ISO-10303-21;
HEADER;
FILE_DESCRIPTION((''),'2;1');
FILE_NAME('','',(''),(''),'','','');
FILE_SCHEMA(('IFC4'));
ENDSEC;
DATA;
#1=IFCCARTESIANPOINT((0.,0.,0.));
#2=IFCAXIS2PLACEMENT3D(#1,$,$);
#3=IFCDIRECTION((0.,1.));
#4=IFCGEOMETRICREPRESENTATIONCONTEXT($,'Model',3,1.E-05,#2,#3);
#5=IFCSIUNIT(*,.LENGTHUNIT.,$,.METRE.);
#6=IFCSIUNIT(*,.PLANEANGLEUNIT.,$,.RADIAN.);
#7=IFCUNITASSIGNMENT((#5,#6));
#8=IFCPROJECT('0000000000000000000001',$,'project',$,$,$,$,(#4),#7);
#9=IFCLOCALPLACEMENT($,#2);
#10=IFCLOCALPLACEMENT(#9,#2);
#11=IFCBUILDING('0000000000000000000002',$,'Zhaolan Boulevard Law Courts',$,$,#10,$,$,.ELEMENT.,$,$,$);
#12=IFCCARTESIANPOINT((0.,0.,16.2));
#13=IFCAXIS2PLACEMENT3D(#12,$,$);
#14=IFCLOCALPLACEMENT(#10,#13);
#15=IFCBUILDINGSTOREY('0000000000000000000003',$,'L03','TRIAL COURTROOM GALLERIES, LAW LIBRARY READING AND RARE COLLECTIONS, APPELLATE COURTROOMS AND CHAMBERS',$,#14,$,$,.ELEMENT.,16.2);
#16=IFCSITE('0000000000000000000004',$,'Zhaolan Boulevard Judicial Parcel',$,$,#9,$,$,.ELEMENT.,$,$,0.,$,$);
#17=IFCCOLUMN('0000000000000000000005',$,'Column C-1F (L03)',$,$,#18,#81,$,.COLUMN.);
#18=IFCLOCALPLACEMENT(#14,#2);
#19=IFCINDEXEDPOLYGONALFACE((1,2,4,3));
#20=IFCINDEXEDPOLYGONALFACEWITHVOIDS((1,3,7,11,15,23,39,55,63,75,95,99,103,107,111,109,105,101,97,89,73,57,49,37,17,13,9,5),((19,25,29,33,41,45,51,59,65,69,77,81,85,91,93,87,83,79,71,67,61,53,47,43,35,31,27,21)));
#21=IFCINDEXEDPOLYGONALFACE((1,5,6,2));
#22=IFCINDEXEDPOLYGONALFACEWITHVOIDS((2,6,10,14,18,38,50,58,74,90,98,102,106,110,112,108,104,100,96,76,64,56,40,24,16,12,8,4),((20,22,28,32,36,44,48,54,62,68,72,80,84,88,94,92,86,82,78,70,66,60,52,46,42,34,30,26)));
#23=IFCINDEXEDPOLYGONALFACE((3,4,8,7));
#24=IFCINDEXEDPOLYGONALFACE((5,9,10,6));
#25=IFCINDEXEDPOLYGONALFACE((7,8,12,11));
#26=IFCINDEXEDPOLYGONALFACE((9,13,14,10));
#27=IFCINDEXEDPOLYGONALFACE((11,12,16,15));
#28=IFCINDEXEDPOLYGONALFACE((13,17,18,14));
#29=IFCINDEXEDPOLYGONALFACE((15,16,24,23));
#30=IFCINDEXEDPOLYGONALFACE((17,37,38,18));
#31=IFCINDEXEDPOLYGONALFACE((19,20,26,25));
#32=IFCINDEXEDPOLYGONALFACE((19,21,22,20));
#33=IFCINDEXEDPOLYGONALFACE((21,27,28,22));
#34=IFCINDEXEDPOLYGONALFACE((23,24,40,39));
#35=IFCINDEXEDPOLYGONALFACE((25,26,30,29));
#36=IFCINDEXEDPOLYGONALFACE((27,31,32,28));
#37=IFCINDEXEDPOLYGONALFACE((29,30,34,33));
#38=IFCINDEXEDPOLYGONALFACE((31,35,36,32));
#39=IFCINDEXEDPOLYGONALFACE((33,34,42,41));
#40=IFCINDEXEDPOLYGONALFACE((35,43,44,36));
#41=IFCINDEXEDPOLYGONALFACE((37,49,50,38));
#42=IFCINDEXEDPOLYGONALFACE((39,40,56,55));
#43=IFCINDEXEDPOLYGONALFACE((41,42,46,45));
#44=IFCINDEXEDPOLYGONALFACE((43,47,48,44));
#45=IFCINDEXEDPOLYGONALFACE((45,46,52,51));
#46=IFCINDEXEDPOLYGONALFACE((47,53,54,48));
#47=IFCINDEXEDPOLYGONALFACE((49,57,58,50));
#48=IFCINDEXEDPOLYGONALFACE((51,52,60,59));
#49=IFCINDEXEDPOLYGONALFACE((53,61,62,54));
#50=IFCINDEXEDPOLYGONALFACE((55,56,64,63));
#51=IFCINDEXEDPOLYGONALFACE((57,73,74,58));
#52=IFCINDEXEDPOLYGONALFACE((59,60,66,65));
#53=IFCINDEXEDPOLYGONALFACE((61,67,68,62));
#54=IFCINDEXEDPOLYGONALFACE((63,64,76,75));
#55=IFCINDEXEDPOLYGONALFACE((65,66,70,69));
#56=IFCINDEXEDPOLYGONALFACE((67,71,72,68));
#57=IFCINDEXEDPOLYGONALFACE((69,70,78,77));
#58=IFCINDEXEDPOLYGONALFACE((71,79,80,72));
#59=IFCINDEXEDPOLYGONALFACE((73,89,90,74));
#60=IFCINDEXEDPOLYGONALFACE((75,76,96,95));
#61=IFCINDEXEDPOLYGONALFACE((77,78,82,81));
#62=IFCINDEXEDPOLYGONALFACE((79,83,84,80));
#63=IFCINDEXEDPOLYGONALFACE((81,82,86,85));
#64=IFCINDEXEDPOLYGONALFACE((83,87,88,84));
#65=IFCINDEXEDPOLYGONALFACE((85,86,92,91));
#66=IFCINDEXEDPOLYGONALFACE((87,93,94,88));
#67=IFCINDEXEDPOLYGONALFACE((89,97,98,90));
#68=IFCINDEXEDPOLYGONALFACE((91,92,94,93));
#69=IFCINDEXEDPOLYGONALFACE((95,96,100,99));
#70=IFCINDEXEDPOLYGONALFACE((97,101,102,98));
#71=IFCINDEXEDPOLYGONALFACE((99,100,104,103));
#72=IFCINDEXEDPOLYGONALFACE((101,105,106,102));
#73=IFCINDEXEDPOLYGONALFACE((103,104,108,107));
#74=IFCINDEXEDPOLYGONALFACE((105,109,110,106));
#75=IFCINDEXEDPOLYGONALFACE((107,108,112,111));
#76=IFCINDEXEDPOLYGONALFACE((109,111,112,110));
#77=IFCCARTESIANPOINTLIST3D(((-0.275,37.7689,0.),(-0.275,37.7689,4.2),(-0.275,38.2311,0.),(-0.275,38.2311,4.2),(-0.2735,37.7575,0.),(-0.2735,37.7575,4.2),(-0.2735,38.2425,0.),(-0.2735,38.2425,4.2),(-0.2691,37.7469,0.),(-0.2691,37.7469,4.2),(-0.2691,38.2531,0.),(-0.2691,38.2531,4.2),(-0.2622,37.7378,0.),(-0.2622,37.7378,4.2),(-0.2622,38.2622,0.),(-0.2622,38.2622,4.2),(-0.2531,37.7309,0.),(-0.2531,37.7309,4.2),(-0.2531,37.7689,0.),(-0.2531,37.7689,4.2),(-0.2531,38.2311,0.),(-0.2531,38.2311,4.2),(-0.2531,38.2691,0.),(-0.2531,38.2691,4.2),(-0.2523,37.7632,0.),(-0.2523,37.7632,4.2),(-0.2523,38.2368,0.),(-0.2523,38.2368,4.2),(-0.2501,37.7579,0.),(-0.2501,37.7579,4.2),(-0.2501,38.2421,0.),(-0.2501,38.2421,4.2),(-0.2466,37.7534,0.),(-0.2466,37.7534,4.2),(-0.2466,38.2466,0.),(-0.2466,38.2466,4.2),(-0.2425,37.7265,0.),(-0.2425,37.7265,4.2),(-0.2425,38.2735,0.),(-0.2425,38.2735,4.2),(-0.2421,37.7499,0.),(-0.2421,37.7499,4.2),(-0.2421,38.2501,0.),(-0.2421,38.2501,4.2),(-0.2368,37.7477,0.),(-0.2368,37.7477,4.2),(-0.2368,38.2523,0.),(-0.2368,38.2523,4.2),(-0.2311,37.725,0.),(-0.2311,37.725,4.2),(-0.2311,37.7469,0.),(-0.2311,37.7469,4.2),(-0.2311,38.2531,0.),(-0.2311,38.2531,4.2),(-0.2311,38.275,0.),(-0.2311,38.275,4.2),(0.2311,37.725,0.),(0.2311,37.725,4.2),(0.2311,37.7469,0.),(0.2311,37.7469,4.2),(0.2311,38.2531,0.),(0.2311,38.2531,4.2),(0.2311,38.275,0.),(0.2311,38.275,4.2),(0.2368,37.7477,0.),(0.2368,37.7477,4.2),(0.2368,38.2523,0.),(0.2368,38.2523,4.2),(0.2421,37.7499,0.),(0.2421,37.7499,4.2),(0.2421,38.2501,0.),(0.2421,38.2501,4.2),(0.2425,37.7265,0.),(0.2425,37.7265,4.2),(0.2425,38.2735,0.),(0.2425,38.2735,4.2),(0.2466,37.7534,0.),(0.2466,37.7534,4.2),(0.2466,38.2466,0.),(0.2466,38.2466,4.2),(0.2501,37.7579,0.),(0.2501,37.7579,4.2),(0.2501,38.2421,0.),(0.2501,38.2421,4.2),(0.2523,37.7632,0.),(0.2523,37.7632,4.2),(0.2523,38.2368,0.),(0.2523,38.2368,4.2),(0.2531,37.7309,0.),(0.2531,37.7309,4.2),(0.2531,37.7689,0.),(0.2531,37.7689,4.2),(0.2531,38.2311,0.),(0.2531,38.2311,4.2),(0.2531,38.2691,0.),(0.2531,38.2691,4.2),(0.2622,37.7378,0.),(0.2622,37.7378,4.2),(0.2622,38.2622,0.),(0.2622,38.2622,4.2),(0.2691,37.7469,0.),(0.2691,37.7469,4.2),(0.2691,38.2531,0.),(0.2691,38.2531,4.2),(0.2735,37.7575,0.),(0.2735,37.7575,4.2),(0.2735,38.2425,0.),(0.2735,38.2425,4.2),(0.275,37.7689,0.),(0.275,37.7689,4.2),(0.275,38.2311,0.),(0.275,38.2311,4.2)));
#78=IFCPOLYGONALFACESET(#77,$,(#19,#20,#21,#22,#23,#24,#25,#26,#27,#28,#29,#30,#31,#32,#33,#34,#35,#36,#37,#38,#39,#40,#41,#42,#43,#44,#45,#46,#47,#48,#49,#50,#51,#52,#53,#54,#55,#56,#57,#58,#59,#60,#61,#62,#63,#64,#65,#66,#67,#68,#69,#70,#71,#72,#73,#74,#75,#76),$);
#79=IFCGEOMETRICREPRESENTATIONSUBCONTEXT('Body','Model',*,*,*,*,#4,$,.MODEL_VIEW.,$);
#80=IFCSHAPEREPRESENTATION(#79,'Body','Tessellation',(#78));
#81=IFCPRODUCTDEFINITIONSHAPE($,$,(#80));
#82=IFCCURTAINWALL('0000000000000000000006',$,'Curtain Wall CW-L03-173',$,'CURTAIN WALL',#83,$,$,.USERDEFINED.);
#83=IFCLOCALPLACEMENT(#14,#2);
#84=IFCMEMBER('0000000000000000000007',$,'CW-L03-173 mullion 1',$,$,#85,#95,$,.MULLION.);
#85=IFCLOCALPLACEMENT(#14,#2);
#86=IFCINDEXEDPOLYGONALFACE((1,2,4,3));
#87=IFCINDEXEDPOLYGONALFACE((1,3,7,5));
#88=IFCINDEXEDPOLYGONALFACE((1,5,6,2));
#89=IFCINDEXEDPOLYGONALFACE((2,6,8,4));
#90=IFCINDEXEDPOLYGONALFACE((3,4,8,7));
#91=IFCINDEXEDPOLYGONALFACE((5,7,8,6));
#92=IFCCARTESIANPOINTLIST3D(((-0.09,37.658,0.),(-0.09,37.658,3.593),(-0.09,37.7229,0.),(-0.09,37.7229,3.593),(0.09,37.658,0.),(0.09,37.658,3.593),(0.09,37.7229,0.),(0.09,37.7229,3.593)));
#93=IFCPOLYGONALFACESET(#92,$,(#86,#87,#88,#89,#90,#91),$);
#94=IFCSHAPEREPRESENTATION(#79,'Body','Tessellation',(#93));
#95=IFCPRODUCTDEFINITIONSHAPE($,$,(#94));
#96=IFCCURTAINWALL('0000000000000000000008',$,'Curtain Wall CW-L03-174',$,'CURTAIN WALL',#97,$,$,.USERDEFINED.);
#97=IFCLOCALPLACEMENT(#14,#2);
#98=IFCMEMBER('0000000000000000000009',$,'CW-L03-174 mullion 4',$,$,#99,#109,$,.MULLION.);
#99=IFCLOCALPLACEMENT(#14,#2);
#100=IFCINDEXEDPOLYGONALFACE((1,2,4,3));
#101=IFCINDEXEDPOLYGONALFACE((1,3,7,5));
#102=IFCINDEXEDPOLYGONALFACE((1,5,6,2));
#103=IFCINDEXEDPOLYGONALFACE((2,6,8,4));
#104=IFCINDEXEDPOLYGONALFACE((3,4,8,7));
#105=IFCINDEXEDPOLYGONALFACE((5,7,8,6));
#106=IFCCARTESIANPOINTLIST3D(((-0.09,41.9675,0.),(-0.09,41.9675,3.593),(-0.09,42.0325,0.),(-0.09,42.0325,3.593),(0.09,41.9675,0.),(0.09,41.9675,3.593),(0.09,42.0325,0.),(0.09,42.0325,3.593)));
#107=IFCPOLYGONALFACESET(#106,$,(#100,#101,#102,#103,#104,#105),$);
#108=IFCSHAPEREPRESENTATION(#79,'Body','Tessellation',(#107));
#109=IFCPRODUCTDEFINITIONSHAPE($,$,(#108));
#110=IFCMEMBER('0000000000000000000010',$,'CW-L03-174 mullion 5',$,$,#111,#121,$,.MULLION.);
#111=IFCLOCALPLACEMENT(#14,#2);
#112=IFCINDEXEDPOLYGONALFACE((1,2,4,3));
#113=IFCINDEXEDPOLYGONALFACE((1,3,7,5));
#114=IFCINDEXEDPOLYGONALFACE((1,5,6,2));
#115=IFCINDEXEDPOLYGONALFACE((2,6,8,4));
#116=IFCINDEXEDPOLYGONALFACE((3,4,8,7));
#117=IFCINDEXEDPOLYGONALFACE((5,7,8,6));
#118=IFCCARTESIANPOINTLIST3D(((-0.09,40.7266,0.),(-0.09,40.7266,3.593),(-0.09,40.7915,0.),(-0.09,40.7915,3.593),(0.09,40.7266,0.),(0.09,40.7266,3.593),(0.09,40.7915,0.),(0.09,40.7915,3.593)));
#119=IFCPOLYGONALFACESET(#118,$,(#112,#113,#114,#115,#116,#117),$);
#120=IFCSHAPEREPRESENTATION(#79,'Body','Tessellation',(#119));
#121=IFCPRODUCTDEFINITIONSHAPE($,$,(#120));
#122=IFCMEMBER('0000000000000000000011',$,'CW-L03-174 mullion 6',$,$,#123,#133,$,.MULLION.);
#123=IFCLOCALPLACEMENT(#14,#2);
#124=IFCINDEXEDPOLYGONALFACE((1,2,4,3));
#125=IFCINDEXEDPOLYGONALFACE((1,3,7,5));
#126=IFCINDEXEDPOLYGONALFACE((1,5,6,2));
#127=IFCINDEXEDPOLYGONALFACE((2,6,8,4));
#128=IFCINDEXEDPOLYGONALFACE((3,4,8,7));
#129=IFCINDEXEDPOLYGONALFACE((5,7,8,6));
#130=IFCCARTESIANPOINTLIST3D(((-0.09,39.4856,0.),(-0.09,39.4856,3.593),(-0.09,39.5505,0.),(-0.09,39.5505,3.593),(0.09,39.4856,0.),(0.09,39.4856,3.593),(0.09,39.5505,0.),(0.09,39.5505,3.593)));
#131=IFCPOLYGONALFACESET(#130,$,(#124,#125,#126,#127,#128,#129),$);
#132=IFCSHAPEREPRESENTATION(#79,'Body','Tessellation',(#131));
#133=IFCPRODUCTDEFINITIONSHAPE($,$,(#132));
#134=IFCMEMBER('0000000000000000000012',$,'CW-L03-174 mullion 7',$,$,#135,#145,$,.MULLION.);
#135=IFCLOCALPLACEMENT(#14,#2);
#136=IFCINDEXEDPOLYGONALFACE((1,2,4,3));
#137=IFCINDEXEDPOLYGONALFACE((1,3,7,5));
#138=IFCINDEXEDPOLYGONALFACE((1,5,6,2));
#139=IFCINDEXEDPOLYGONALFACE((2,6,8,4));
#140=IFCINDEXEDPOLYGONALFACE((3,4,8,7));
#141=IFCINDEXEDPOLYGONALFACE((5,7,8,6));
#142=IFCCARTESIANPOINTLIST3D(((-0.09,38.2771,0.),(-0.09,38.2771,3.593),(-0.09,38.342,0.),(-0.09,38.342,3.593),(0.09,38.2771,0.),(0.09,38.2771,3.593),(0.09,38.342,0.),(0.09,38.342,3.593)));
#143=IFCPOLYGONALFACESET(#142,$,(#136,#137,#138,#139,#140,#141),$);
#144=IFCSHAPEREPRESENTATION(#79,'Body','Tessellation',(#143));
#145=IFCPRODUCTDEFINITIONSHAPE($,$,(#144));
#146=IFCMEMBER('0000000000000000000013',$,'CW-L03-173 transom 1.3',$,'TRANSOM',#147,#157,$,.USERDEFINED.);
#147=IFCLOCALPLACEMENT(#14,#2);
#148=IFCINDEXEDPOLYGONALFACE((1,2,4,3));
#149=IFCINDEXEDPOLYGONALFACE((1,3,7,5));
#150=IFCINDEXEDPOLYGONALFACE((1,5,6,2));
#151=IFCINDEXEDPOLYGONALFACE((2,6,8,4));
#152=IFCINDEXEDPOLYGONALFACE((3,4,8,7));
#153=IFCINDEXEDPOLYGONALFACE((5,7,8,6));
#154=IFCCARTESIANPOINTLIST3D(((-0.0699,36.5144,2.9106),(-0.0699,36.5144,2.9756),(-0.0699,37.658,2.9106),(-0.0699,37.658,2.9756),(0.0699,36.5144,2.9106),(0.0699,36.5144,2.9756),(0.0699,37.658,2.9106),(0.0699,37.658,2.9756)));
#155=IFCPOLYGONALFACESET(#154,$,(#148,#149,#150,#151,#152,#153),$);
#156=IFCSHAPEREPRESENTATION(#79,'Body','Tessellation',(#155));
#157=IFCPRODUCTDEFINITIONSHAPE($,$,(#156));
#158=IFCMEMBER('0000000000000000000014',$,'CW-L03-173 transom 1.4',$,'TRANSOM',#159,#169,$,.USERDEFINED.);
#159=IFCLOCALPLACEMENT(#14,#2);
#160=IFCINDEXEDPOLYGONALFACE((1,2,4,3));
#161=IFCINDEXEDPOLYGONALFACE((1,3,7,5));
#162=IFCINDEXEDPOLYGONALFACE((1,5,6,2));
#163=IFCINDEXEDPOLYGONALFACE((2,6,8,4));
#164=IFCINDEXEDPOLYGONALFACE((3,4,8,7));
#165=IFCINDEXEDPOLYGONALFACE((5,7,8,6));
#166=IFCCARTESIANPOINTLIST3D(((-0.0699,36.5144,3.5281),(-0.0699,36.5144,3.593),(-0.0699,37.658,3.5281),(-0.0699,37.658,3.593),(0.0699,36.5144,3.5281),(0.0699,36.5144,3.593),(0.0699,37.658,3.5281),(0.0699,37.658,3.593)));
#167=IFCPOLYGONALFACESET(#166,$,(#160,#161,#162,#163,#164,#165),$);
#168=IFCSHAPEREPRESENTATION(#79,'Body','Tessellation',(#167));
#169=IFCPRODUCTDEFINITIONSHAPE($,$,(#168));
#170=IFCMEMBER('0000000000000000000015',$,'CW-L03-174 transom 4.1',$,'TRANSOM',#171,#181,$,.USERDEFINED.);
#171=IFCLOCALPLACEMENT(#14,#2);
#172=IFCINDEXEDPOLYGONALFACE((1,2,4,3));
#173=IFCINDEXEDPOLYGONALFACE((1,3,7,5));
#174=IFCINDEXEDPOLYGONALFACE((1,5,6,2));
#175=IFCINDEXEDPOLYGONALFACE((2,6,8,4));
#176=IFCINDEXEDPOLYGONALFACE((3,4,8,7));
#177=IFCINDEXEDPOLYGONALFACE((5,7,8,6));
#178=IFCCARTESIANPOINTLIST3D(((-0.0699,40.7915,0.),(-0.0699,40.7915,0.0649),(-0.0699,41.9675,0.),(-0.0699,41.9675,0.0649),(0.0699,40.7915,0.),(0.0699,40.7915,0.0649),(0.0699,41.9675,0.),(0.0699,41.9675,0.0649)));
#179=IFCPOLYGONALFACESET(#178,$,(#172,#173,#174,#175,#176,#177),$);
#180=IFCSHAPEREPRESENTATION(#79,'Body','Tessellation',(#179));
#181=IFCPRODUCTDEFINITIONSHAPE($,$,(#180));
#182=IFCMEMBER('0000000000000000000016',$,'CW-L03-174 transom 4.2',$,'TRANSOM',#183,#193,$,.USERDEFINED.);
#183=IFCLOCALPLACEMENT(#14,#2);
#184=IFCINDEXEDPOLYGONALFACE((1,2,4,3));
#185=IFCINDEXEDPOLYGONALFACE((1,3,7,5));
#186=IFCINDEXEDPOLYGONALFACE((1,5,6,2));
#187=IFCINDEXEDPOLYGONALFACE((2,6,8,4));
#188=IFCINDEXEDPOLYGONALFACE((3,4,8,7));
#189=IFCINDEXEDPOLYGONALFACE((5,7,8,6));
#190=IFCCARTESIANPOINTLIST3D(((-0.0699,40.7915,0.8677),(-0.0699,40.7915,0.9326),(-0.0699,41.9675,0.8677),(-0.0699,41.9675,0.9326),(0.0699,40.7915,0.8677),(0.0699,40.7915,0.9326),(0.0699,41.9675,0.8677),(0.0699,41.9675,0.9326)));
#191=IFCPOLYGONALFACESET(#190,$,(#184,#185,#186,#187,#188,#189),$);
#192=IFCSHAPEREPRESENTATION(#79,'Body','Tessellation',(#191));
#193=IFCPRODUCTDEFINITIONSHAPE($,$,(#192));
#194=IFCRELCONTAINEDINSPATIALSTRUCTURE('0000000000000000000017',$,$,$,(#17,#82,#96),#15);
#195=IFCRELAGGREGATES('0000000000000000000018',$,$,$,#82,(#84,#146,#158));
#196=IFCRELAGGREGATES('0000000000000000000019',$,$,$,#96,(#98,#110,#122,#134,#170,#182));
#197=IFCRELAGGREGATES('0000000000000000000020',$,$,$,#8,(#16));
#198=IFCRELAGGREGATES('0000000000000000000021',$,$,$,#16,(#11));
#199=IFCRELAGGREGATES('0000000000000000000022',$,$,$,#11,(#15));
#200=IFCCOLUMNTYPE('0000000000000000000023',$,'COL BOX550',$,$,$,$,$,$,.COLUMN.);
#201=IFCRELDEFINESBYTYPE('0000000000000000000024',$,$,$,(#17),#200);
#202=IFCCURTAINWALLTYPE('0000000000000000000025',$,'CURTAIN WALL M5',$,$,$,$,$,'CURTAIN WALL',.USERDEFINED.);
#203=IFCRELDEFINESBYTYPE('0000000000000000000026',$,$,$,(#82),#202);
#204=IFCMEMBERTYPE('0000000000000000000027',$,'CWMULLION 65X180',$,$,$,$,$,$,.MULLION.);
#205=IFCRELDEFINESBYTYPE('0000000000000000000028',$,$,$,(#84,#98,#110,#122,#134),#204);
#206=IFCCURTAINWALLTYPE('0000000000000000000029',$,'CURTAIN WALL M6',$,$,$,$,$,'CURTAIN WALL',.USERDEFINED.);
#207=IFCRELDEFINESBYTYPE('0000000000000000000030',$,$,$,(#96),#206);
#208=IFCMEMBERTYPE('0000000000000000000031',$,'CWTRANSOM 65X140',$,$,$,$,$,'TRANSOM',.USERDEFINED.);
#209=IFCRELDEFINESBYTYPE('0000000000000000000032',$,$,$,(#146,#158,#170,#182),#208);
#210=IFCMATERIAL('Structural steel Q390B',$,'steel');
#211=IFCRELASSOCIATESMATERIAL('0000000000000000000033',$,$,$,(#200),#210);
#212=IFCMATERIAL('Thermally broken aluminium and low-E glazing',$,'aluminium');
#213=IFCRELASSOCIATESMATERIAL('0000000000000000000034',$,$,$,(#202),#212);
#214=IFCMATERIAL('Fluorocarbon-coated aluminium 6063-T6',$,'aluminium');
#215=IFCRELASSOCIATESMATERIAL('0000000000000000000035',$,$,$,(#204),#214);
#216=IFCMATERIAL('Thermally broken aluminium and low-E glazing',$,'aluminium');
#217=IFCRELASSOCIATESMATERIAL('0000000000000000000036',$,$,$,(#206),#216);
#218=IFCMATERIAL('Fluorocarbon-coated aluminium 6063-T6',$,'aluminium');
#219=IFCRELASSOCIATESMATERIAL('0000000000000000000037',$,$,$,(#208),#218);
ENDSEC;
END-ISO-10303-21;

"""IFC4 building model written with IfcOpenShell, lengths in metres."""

from ifc_helpers import new_model, si_unit, direction, frame, origin, origin_2d, place, context, subcontext, project, spatial, rectangle, hollow_rectangle, extrude, material, material_profile, profile_set, type_object, element, aggregate, save


model = new_model("IFC4")

# Units and contexts
model_context = context("Model", 3, precision=1e-05, world=origin(), true_north=direction((0.0, 1.0)))
body_context = subcontext(model_context, "Body", "Model", "MODEL_VIEW")
ifc_project = project(units=[si_unit("LENGTHUNIT", "METRE"), si_unit("PLANEANGLEUNIT", "RADIAN")], contexts=[model_context])

# Site, building, storey
site_placement = place(None, origin())
site = spatial("IfcSite", under=ifc_project, at=site_placement, Name="Zhaolan Boulevard Judicial Parcel", CompositionType="ELEMENT", RefElevation=0.0)
building_placement = place(site_placement, origin())
building = spatial("IfcBuilding", under=site, at=building_placement, Name="Zhaolan Boulevard Law Courts", CompositionType="ELEMENT")
storey_placement = place(building_placement, frame((0.0, 0.0, 16.2)))
storey = spatial("IfcBuildingStorey", under=building, at=storey_placement, Name="L03", Description="TRIAL COURTROOM GALLERIES, LAW LIBRARY READING AND RARE COLLECTIONS, APPELLATE COURTROOMS AND CHAMBERS", CompositionType="ELEMENT", Elevation=16.2)

# Column
ifc_material_1 = material(Name="Structural steel Q390B", Category="steel")
ifc_material_profile_1 = material_profile(ifc_material_1, hollow_rectangle(XDim=0.55, YDim=0.55, WallThickness=0.022, InnerFilletRadius=0.022, OuterFilletRadius=0.0439, at=origin_2d()), Name="BOX550x550x22")
ifc_profile_set_1 = profile_set([ifc_material_profile_1], Name="Structural steel Q390B")
column_type = type_object("IfcColumnType", Name="COL BOX550", PredefinedType="COLUMN", material=ifc_profile_set_1)
column_placement = place(storey_placement, frame((0.0, 38.0, 0.0), z_axis=(0.0, 0.0, 1.0), x_axis=(1.0, 0.0, 0.0)))
element("IfcColumn", 1, at=column_placement, inside=storey, type_object=column_type, Name="Column C-1F (L03)", PredefinedType="COLUMN", context=body_context, shape_type="SweptSolid", body=[
    extrude(hollow_rectangle(XDim=0.55, YDim=0.55, WallThickness=0.022, InnerFilletRadius=0.022, OuterFilletRadius=0.0439, at=origin_2d()), origin(), (0.0, 0.0, 1.0), 4.2),
])

# Curtain wall, member
ifc_material_2 = material(Name="Thermally broken aluminium and low-E glazing", Category="aluminium")
curtain_wall_type_1 = type_object("IfcCurtainWallType", Name="CURTAIN WALL M5", ElementType="CURTAIN WALL", PredefinedType="USERDEFINED", material=ifc_material_2)
curtain_wall_1_placement = place(storey_placement, origin())
curtain_wall_1 = element("IfcCurtainWall", 2, at=curtain_wall_1_placement, inside=storey, type_object=curtain_wall_type_1, Name="Curtain Wall CW-L03-173", ObjectType="CURTAIN WALL", PredefinedType="USERDEFINED")
ifc_material_3 = material(Name="Fluorocarbon-coated aluminium 6063-T6", Category="aluminium")
ifc_material_profile_2 = material_profile(ifc_material_3, rectangle(XDim=0.1799, YDim=0.0649, at=origin_2d()), Name="AL65x180")
ifc_profile_set_2 = profile_set([ifc_material_profile_2], Name="Fluorocarbon-coated aluminium 6063-T6")
member_type_1 = type_object("IfcMemberType", Name="CWMULLION 65X180", PredefinedType="MULLION", material=ifc_profile_set_2)
member_1_placement = place(storey_placement, frame((0.0, 37.6904, 0.0), z_axis=(0.0, 0.0, 1.0), x_axis=(1.0, 0.0, 0.0)))
member_1 = element("IfcMember", 3, at=member_1_placement, type_object=member_type_1, Name="CW-L03-173 mullion 1", PredefinedType="MULLION", context=body_context, shape_type="SweptSolid", body=[
    extrude(rectangle(XDim=0.1799, YDim=0.0649, at=origin_2d()), origin(), (0.0, 0.0, 1.0), 3.593),
])

# Curtain wall, members
ifc_material_4 = material(Name="Thermally broken aluminium and low-E glazing", Category="aluminium")
curtain_wall_type_2 = type_object("IfcCurtainWallType", Name="CURTAIN WALL M6", ElementType="CURTAIN WALL", PredefinedType="USERDEFINED", material=ifc_material_4)
curtain_wall_2_placement = place(storey_placement, origin())
curtain_wall_2 = element("IfcCurtainWall", 4, at=curtain_wall_2_placement, inside=storey, type_object=curtain_wall_type_2, Name="Curtain Wall CW-L03-174", ObjectType="CURTAIN WALL", PredefinedType="USERDEFINED")
member_2_placement = place(storey_placement, frame((0.0, 42.0, 0.0), z_axis=(0.0, 0.0, 1.0), x_axis=(1.0, 0.0, 0.0)))
member_2 = element("IfcMember", 5, at=member_2_placement, type_object=member_type_1, Name="CW-L03-174 mullion 4", PredefinedType="MULLION", context=body_context, shape_type="SweptSolid", body=[
    extrude(rectangle(XDim=0.1799, YDim=0.0649, at=origin_2d()), origin(), (0.0, 0.0, 1.0), 3.593),
])
member_3_placement = place(storey_placement, frame((0.0, 40.759, 0.0), z_axis=(0.0, 0.0, 1.0), x_axis=(1.0, 0.0, 0.0)))
member_3 = element("IfcMember", 6, at=member_3_placement, type_object=member_type_1, Name="CW-L03-174 mullion 5", PredefinedType="MULLION", context=body_context, shape_type="SweptSolid", body=[
    extrude(rectangle(XDim=0.1799, YDim=0.0649, at=origin_2d()), origin(), (0.0, 0.0, 1.0), 3.593),
])
member_4_placement = place(storey_placement, frame((0.0, 39.5181, 0.0), z_axis=(0.0, 0.0, 1.0), x_axis=(1.0, 0.0, 0.0)))
member_4 = element("IfcMember", 7, at=member_4_placement, type_object=member_type_1, Name="CW-L03-174 mullion 6", PredefinedType="MULLION", context=body_context, shape_type="SweptSolid", body=[
    extrude(rectangle(XDim=0.1799, YDim=0.0649, at=origin_2d()), origin(), (0.0, 0.0, 1.0), 3.593),
])
member_5_placement = place(storey_placement, frame((0.0, 38.3096, 0.0), z_axis=(0.0, 0.0, 1.0), x_axis=(1.0, 0.0, 0.0)))
member_5 = element("IfcMember", 8, at=member_5_placement, type_object=member_type_1, Name="CW-L03-174 mullion 7", PredefinedType="MULLION", context=body_context, shape_type="SweptSolid", body=[
    extrude(rectangle(XDim=0.1799, YDim=0.0649, at=origin_2d()), origin(), (0.0, 0.0, 1.0), 3.593),
])

# Members
ifc_material_5 = material(Name="Fluorocarbon-coated aluminium 6063-T6", Category="aluminium")
ifc_material_profile_3 = material_profile(ifc_material_5, rectangle(XDim=0.1399, YDim=0.0649, at=origin_2d()), Name="AL65x140")
ifc_profile_set_3 = profile_set([ifc_material_profile_3], Name="Fluorocarbon-coated aluminium 6063-T6")
member_type_2 = type_object("IfcMemberType", Name="CWTRANSOM 65X140", ElementType="TRANSOM", PredefinedType="USERDEFINED", material=ifc_profile_set_3)
member_6_placement = place(storey_placement, frame((0.0, 37.658, 2.9431), z_axis=(0.0, -1.0, 0.0), x_axis=(1.0, 0.0, 0.0)))
member_6 = element("IfcMember", 9, at=member_6_placement, type_object=member_type_2, Name="CW-L03-173 transom 1.3", ObjectType="TRANSOM", PredefinedType="USERDEFINED", context=body_context, shape_type="SweptSolid", body=[
    extrude(rectangle(XDim=0.1399, YDim=0.0649, at=origin_2d()), origin(), (0.0, 0.0, 1.0), 1.1436),
])
member_7_placement = place(storey_placement, frame((0.0, 37.658, 3.5605), z_axis=(0.0, -1.0, 0.0), x_axis=(1.0, 0.0, 0.0)))
member_7 = element("IfcMember", 10, at=member_7_placement, type_object=member_type_2, Name="CW-L03-173 transom 1.4", ObjectType="TRANSOM", PredefinedType="USERDEFINED", context=body_context, shape_type="SweptSolid", body=[
    extrude(rectangle(XDim=0.1399, YDim=0.0649, at=origin_2d()), origin(), (0.0, 0.0, 1.0), 1.1436),
])
aggregate(curtain_wall_1, [member_1, member_6, member_7])
member_8_placement = place(storey_placement, frame((0.0, 41.9675, 0.0325), z_axis=(0.0, -1.0, 0.0), x_axis=(1.0, 0.0, 0.0)))
member_8 = element("IfcMember", 11, at=member_8_placement, type_object=member_type_2, Name="CW-L03-174 transom 4.1", ObjectType="TRANSOM", PredefinedType="USERDEFINED", context=body_context, shape_type="SweptSolid", body=[
    extrude(rectangle(XDim=0.1399, YDim=0.0649, at=origin_2d()), origin(), (0.0, 0.0, 1.0), 1.176),
])
member_9_placement = place(storey_placement, frame((0.0, 41.9675, 0.9001), z_axis=(0.0, -1.0, 0.0), x_axis=(1.0, 0.0, 0.0)))
member_9 = element("IfcMember", 12, at=member_9_placement, type_object=member_type_2, Name="CW-L03-174 transom 4.2", ObjectType="TRANSOM", PredefinedType="USERDEFINED", context=body_context, shape_type="SweptSolid", body=[
    extrude(rectangle(XDim=0.1399, YDim=0.0649, at=origin_2d()), origin(), (0.0, 0.0, 1.0), 1.176),
])

aggregate(curtain_wall_2, [member_2, member_3, member_4, member_5, member_8, member_9])

save(model, "model.ifc")
